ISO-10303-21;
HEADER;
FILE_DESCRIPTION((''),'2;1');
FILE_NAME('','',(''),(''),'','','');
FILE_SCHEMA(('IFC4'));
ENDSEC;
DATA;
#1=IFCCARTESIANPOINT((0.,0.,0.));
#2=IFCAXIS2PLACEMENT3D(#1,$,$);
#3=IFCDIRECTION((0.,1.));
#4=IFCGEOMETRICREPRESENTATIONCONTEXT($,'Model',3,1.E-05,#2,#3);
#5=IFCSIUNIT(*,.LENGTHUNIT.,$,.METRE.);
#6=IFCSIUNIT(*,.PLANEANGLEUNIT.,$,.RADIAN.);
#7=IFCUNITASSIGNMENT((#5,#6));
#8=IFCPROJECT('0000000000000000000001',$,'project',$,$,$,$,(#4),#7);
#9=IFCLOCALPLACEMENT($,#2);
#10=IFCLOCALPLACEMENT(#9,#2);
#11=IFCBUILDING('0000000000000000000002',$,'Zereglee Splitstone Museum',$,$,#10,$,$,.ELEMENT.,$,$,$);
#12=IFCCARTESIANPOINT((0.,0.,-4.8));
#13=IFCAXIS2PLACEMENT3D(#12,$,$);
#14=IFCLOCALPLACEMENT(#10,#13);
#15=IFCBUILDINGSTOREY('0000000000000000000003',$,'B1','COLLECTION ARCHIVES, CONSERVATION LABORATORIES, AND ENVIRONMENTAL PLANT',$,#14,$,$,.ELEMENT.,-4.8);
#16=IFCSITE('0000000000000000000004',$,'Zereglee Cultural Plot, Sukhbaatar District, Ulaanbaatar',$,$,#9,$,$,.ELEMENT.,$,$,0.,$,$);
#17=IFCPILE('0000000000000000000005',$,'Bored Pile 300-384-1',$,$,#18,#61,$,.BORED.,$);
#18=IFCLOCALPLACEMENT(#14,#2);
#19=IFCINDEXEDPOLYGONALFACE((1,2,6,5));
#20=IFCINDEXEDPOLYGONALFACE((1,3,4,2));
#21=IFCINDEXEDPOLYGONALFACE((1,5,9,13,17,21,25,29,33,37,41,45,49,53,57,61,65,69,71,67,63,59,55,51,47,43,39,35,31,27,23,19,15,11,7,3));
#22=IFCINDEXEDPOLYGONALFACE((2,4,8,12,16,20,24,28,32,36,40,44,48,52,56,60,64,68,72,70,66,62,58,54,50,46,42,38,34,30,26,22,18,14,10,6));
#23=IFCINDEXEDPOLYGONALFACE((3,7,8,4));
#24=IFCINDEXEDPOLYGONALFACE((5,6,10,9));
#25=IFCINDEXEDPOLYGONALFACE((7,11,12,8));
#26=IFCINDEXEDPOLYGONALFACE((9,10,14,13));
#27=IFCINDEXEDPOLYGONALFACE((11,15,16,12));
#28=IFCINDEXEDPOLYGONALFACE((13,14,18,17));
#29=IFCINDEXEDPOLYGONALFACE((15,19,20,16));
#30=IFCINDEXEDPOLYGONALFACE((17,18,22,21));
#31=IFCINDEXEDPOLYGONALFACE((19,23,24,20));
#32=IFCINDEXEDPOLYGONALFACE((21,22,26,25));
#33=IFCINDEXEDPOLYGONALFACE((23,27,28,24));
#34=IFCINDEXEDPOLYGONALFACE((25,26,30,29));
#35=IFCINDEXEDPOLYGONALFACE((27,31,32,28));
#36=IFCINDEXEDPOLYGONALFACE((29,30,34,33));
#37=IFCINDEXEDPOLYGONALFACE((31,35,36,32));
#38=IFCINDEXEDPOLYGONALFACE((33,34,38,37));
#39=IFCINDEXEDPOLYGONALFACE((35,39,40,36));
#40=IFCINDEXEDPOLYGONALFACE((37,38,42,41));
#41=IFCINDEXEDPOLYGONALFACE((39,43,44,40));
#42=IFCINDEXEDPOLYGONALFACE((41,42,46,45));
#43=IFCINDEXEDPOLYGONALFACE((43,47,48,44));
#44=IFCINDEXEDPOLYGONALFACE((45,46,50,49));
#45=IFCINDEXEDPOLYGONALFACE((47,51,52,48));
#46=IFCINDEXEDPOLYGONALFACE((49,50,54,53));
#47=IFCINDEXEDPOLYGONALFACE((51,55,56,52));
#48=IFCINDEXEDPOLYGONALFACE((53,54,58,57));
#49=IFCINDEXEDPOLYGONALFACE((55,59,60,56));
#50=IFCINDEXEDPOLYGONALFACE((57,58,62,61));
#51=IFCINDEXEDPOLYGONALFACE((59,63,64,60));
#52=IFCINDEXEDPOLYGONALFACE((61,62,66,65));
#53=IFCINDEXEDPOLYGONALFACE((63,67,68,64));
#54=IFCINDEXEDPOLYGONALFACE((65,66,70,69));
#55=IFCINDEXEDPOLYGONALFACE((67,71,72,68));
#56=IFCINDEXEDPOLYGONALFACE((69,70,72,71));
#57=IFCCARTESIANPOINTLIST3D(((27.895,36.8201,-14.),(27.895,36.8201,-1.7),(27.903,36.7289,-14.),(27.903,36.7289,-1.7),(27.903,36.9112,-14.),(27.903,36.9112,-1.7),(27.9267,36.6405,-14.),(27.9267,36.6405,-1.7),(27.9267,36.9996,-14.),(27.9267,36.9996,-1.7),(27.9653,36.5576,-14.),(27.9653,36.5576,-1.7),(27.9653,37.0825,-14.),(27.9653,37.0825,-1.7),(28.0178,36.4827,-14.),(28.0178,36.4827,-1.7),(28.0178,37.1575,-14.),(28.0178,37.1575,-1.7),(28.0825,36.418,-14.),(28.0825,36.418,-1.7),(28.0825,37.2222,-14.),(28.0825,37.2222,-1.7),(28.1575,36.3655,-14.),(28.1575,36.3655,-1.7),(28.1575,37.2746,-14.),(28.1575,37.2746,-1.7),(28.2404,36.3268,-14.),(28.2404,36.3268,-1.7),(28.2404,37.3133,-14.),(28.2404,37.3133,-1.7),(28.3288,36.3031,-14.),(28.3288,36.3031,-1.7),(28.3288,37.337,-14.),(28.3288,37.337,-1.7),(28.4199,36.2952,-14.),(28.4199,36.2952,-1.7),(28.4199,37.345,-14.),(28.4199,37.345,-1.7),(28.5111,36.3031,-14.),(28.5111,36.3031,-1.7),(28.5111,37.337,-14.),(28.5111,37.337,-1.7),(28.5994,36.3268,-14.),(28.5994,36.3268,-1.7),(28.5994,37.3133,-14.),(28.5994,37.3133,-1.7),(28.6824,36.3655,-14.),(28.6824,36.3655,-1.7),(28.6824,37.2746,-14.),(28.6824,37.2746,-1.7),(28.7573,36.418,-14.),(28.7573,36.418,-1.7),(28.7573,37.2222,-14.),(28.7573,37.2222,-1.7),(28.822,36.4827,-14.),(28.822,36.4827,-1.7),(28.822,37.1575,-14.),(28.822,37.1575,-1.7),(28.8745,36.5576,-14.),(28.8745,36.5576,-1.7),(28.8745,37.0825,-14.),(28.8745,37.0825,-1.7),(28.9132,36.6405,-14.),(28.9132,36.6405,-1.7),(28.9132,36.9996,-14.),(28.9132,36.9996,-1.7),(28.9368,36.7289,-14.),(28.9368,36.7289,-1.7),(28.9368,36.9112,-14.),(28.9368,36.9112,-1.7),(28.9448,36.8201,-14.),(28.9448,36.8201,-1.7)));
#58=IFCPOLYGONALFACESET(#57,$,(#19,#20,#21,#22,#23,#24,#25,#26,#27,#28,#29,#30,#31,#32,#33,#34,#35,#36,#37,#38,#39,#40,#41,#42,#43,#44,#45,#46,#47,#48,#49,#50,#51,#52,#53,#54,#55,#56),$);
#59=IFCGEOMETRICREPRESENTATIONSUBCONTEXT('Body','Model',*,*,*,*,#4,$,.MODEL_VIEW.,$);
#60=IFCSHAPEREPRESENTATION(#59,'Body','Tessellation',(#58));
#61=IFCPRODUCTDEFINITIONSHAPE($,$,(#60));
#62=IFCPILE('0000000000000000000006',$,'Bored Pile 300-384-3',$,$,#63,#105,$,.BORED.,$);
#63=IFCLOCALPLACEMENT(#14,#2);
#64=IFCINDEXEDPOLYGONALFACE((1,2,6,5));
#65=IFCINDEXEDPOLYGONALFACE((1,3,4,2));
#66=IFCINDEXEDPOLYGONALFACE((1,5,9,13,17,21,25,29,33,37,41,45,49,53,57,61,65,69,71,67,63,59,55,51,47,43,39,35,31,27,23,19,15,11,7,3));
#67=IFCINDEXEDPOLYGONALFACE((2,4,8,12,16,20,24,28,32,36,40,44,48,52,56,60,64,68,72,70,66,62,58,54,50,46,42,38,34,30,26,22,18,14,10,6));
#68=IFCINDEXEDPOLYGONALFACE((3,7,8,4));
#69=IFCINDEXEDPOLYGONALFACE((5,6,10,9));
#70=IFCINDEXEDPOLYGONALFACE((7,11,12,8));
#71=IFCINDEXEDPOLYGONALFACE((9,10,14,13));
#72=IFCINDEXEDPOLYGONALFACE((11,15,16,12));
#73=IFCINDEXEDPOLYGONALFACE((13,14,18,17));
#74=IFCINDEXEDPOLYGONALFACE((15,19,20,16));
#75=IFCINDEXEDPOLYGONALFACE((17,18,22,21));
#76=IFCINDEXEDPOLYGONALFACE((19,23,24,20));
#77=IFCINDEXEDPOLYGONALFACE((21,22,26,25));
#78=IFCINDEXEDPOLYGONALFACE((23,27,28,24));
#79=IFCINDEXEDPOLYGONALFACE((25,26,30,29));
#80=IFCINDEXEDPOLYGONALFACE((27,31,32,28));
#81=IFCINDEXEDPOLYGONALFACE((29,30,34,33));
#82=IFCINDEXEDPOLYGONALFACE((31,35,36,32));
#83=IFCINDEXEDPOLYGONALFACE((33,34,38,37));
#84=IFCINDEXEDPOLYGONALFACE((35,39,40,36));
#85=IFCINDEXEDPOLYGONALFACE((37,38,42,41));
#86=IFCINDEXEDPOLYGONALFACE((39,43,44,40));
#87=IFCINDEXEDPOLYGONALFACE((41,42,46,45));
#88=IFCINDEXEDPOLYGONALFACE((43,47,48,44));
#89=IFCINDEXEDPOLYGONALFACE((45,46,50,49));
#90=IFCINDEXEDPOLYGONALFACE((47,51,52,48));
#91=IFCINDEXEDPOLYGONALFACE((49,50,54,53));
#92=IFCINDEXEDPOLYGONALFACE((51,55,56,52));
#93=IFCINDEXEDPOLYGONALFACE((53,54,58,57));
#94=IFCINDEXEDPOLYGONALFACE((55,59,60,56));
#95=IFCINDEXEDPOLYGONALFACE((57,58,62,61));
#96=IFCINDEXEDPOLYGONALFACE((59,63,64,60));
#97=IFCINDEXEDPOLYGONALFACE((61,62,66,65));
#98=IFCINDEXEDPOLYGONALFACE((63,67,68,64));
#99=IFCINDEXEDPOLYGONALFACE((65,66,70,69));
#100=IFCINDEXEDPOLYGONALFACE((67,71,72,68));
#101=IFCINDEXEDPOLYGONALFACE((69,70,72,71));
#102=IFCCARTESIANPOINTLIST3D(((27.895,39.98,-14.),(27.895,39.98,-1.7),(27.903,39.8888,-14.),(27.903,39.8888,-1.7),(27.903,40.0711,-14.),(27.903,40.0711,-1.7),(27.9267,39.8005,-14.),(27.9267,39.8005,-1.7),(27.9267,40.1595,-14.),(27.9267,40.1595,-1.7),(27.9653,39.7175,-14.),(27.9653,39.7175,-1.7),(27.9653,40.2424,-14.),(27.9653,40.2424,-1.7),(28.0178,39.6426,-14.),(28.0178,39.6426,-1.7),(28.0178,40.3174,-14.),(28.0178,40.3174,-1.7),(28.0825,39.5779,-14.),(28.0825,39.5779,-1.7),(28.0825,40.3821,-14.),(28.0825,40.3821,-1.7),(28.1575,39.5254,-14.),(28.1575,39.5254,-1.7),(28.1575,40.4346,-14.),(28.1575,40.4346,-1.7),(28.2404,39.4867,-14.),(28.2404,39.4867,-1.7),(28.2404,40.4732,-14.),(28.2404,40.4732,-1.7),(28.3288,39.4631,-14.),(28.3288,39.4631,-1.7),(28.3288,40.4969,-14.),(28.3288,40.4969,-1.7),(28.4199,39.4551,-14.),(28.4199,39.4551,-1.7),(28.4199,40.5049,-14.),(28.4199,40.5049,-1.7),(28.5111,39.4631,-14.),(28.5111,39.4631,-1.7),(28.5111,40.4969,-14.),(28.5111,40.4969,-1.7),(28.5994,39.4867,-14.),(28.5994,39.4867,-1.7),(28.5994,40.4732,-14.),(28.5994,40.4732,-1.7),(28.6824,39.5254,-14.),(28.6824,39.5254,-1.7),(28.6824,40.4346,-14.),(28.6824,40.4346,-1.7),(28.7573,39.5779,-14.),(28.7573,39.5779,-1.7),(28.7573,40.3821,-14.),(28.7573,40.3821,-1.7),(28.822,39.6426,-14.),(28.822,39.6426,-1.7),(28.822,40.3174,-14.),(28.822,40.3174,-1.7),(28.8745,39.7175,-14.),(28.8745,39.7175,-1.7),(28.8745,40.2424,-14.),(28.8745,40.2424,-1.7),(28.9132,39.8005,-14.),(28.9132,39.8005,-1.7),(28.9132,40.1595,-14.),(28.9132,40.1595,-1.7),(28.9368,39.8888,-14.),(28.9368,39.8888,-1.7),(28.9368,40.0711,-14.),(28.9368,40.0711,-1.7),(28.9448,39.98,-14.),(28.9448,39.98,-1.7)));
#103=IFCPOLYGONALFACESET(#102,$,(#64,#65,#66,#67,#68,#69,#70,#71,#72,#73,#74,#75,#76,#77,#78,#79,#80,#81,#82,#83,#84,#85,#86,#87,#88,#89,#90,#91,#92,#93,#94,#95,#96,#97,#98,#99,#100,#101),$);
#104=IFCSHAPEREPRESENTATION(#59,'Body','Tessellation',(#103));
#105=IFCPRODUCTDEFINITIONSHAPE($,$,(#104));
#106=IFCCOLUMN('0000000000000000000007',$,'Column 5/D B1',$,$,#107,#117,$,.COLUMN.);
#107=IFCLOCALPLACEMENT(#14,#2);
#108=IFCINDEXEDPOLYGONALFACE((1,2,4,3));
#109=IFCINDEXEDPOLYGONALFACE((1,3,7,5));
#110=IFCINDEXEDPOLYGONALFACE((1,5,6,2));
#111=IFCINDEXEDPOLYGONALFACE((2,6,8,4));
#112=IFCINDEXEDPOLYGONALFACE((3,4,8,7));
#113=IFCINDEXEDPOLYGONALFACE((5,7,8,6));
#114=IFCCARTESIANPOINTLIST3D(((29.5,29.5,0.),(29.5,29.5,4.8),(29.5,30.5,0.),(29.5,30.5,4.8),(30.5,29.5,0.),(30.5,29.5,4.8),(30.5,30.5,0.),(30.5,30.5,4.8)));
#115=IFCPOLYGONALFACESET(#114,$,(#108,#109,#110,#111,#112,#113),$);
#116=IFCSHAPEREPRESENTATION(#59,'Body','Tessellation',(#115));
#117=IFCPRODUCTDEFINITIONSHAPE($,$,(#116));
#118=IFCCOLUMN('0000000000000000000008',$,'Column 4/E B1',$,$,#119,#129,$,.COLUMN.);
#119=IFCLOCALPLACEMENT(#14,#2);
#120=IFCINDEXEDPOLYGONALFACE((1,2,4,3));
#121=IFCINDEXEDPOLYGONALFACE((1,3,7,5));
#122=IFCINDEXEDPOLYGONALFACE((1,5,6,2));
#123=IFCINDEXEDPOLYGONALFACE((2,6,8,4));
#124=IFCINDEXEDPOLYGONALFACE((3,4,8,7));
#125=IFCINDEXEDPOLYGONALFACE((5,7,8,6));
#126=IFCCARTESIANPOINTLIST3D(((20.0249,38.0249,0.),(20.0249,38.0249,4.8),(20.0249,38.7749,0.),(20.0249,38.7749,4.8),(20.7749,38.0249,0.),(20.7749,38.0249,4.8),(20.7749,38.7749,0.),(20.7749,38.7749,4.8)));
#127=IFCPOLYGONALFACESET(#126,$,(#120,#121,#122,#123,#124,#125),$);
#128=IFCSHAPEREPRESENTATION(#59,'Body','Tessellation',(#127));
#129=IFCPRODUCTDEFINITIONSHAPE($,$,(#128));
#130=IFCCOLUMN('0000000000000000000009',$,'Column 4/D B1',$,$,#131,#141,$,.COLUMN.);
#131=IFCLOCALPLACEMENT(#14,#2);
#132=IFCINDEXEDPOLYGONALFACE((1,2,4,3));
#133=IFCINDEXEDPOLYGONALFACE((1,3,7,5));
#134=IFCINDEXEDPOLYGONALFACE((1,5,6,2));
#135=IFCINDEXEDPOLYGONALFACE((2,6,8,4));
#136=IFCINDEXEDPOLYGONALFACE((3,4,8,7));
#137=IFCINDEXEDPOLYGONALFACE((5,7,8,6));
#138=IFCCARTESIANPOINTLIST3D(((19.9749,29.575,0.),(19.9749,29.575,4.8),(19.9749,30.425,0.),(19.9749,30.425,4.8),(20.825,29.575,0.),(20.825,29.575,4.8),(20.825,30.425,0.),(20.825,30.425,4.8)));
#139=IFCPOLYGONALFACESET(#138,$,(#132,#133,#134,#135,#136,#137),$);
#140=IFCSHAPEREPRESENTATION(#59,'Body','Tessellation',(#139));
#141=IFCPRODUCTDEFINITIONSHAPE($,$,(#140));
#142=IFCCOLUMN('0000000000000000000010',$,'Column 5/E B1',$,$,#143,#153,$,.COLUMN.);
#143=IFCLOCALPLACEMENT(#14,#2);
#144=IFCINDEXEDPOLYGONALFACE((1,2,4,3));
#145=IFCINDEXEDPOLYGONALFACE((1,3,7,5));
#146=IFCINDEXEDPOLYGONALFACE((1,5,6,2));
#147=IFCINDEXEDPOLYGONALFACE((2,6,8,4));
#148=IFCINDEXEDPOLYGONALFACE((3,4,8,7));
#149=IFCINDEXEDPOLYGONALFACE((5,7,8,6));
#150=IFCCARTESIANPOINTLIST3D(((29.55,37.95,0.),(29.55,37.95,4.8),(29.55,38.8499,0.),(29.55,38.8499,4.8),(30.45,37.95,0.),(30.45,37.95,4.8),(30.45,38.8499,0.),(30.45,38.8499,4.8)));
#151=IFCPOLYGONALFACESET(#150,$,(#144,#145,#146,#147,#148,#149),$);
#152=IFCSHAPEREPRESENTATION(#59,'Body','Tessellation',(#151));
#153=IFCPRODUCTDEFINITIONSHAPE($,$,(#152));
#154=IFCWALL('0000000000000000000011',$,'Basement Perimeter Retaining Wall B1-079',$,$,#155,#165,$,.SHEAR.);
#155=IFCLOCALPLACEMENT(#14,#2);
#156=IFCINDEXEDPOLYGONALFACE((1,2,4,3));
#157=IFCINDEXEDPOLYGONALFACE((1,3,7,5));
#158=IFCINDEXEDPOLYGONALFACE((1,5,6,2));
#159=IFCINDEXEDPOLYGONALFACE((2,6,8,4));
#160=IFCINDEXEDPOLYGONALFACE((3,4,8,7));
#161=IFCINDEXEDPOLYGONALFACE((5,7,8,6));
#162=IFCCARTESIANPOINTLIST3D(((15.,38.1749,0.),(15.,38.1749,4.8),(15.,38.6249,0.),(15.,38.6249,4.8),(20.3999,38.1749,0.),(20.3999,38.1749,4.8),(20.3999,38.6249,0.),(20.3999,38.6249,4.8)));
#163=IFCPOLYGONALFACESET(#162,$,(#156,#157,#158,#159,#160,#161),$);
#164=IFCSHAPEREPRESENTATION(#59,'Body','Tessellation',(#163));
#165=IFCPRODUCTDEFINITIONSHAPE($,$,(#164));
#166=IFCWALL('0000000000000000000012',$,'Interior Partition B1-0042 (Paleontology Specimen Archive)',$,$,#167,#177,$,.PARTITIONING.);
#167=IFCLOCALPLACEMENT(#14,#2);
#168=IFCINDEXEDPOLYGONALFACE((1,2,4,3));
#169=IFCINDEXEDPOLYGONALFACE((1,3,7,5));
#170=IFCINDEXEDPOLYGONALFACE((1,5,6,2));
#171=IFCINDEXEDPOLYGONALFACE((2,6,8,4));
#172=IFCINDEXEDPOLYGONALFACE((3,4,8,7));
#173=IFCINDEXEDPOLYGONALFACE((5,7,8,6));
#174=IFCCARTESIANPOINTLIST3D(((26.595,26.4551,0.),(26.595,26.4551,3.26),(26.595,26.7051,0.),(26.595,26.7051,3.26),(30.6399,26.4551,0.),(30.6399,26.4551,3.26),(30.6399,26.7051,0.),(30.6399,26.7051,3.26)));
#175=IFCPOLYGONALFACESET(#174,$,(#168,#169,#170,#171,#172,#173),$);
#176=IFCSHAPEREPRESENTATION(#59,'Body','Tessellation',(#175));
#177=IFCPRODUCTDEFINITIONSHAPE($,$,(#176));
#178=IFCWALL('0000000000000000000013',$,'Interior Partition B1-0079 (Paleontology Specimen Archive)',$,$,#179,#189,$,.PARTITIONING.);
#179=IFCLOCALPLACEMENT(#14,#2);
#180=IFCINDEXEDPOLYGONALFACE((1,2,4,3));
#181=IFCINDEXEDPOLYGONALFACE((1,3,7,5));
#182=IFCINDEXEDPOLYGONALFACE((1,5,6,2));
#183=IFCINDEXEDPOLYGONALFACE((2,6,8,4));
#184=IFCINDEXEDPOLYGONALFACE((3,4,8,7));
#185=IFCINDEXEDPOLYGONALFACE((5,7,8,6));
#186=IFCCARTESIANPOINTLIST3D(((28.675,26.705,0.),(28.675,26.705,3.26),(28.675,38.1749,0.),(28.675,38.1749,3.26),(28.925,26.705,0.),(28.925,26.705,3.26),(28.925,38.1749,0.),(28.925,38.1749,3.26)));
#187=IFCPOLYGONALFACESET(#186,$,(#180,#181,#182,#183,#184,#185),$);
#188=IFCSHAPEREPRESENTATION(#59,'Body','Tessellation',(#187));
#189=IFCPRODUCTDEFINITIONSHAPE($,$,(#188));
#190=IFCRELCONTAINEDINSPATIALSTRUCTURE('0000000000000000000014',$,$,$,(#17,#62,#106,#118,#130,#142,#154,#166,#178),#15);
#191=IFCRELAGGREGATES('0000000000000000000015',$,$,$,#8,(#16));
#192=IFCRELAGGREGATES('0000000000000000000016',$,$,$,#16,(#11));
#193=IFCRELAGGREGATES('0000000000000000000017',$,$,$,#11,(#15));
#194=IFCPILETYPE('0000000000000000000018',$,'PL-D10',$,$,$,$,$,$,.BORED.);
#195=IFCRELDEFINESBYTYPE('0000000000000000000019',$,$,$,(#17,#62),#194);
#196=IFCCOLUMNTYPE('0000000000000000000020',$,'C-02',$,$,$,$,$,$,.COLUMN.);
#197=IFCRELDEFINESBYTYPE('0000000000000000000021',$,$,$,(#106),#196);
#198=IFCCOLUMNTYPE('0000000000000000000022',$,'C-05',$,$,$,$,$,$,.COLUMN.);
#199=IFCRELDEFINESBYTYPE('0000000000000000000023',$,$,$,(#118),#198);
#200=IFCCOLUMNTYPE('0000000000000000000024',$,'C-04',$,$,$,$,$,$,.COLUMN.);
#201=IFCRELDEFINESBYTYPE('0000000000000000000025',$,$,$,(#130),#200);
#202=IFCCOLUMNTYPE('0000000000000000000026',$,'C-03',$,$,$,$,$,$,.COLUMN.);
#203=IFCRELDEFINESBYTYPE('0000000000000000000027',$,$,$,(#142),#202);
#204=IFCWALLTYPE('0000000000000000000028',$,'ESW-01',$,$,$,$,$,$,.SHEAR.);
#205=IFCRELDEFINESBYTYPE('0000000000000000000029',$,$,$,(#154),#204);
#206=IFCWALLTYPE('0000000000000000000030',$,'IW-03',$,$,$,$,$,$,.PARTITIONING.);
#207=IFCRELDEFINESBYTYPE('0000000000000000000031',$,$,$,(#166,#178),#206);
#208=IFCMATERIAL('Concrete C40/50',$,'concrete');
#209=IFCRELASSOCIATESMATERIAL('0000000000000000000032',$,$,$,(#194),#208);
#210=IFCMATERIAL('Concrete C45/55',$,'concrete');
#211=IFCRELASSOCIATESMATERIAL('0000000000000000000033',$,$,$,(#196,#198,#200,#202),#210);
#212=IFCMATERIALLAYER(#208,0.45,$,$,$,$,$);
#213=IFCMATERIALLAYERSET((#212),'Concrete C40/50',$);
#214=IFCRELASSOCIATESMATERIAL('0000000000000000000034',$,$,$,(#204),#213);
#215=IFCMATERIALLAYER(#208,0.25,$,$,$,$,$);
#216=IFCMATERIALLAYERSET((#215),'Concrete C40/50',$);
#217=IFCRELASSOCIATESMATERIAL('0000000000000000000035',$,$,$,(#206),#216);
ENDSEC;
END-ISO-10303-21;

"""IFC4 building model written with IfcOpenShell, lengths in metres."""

from ifc_helpers import new_model, si_unit, direction, frame, frame_2d, origin, origin_2d, place, context, subcontext, project, spatial, rectangle, circle, extrude, material, layer, layer_set, material_profile, profile_set, type_object, element, save


model = new_model("IFC4")

# Units and contexts
model_context = context("Model", 3, precision=1e-05, world=origin(), true_north=direction((0.0, 1.0)))
body_context = subcontext(model_context, "Body", "Model", "MODEL_VIEW")
ifc_project = project(units=[si_unit("LENGTHUNIT", "METRE"), si_unit("PLANEANGLEUNIT", "RADIAN")], contexts=[model_context])

# Site, building, storey
site_placement = place(None, origin())
site = spatial("IfcSite", under=ifc_project, at=site_placement, Name="Zereglee Cultural Plot, Sukhbaatar District, Ulaanbaatar", CompositionType="ELEMENT", RefElevation=0.0)
building_placement = place(site_placement, origin())
building = spatial("IfcBuilding", under=site, at=building_placement, Name="Zereglee Splitstone Museum", CompositionType="ELEMENT")
storey_placement = place(building_placement, frame((0.0, 0.0, -4.8)))
storey = spatial("IfcBuildingStorey", under=building, at=storey_placement, Name="B1", Description="COLLECTION ARCHIVES, CONSERVATION LABORATORIES, AND ENVIRONMENTAL PLANT", CompositionType="ELEMENT", Elevation=-4.8)

# Shared definitions
ifc_material_1 = material(Name="Concrete C40/50", Category="concrete")

# Piles
ifc_material_profile_1 = material_profile(ifc_material_1, circle(Radius=0.5249, at=origin_2d()), Name="PILE D1050")
ifc_profile_set_1 = profile_set([ifc_material_profile_1], Name="Concrete C40/50")
pile_type = type_object("IfcPileType", Name="PL-D10", PredefinedType="BORED", material=ifc_profile_set_1)
for number, where, z_axis, x_axis, name in (
    (1, (28.4199, 36.8201, -1.7), (0.0, 0.0, -1.0), (1.0, 0.0, 0.0), "Bored Pile 300-384-1"),
    (2, (28.4199, 39.98, -1.7), (0.0, 0.0, -1.0), (1.0, 0.0, 0.0), "Bored Pile 300-384-3"),
):
    element("IfcPile", number, at=place(storey_placement, frame(where, z_axis=z_axis, x_axis=x_axis)), inside=storey, type_object=pile_type, Name=name, PredefinedType="BORED", context=body_context, shape_type="SweptSolid", body=[
        extrude(circle(Radius=0.5249, at=origin_2d()), origin(), (0.0, 0.0, 1.0), 12.3),
    ])

# Columns
ifc_material_2 = material(Name="Concrete C45/55", Category="concrete")
ifc_material_profile_2 = material_profile(ifc_material_2, rectangle(XDim=1.0, YDim=1.0, at=origin_2d()), Name="RC 1000x1000")
ifc_profile_set_2 = profile_set([ifc_material_profile_2], Name="Concrete C45/55")
column_type_1 = type_object("IfcColumnType", Name="C-02", PredefinedType="COLUMN", material=ifc_profile_set_2)
column_1_placement = place(storey_placement, frame((30.0, 30.0, 0.0), z_axis=(0.0, 0.0, 1.0), x_axis=(1.0, 0.0, 0.0)))
element("IfcColumn", 3, at=column_1_placement, inside=storey, type_object=column_type_1, Name="Column 5/D B1", PredefinedType="COLUMN", context=body_context, shape_type="SweptSolid", body=[
    extrude(rectangle(XDim=1.0, YDim=1.0, at=origin_2d()), origin(), (0.0, 0.0, 1.0), 4.8),
])
ifc_material_profile_3 = material_profile(ifc_material_2, rectangle(XDim=0.75, YDim=0.75, at=origin_2d()), Name="RC 750x750")
ifc_profile_set_3 = profile_set([ifc_material_profile_3], Name="Concrete C45/55")
column_type_2 = type_object("IfcColumnType", Name="C-05", PredefinedType="COLUMN", material=ifc_profile_set_3)
column_2_placement = place(storey_placement, frame((20.3999, 38.3999, 0.0), z_axis=(0.0, 0.0, 1.0), x_axis=(1.0, 0.0, 0.0)))
element("IfcColumn", 4, at=column_2_placement, inside=storey, type_object=column_type_2, Name="Column 4/E B1", PredefinedType="COLUMN", context=body_context, shape_type="SweptSolid", body=[
    extrude(rectangle(XDim=0.75, YDim=0.75, at=origin_2d()), origin(), (0.0, 0.0, 1.0), 4.8),
])
ifc_material_profile_4 = material_profile(ifc_material_2, rectangle(XDim=0.8501, YDim=0.8501, at=origin_2d()), Name="RC 850x850")
ifc_profile_set_4 = profile_set([ifc_material_profile_4], Name="Concrete C45/55")
column_type_3 = type_object("IfcColumnType", Name="C-04", PredefinedType="COLUMN", material=ifc_profile_set_4)
column_3_placement = place(storey_placement, frame((20.3999, 30.0, 0.0), z_axis=(0.0, 0.0, 1.0), x_axis=(1.0, 0.0, 0.0)))
element("IfcColumn", 5, at=column_3_placement, inside=storey, type_object=column_type_3, Name="Column 4/D B1", PredefinedType="COLUMN", context=body_context, shape_type="SweptSolid", body=[
    extrude(rectangle(XDim=0.8501, YDim=0.8501, at=origin_2d()), origin(), (0.0, 0.0, 1.0), 4.8),
])
ifc_material_profile_5 = material_profile(ifc_material_2, rectangle(XDim=0.8999, YDim=0.8999, at=origin_2d()), Name="RC 900x900")
ifc_profile_set_5 = profile_set([ifc_material_profile_5], Name="Concrete C45/55")
column_type_4 = type_object("IfcColumnType", Name="C-03", PredefinedType="COLUMN", material=ifc_profile_set_5)
column_4_placement = place(storey_placement, frame((30.0, 38.3999, 0.0), z_axis=(0.0, 0.0, 1.0), x_axis=(1.0, 0.0, 0.0)))
element("IfcColumn", 6, at=column_4_placement, inside=storey, type_object=column_type_4, Name="Column 5/E B1", PredefinedType="COLUMN", context=body_context, shape_type="SweptSolid", body=[
    extrude(rectangle(XDim=0.8999, YDim=0.8999, at=origin_2d()), origin(), (0.0, 0.0, 1.0), 4.8),
])

# Walls
ifc_layer_1 = layer(ifc_material_1, 0.45)
ifc_layer_set_1 = layer_set([ifc_layer_1], Name="Concrete C40/50")
wall_type_1 = type_object("IfcWallType", Name="ESW-01", PredefinedType="SHEAR", material=ifc_layer_set_1)
wall_1_placement = place(storey_placement, frame((20.3999, 38.3999, 0.0), z_axis=(0.0, 0.0, 1.0), x_axis=(-1.0, 0.0, 0.0)))
element("IfcWall", 7, at=wall_1_placement, inside=storey, type_object=wall_type_1, Name="Basement Perimeter Retaining Wall B1-079", PredefinedType="SHEAR", context=body_context, shape_type="SweptSolid", body=[
    extrude(rectangle(XDim=5.3999, YDim=0.45, at=frame_2d((2.7, 0.0))), origin(), (0.0, 0.0, 1.0), 4.8),
])
ifc_layer_2 = layer(ifc_material_1, 0.25)
ifc_layer_set_2 = layer_set([ifc_layer_2], Name="Concrete C40/50")
wall_type_2 = type_object("IfcWallType", Name="IW-03", PredefinedType="PARTITIONING", material=ifc_layer_set_2)
wall_2_placement = place(storey_placement, frame((26.595, 26.5801, 0.0), z_axis=(0.0, 0.0, 1.0), x_axis=(1.0, 0.0, 0.0)))
element("IfcWall", 8, at=wall_2_placement, inside=storey, type_object=wall_type_2, Name="Interior Partition B1-0042 (Paleontology Specimen Archive)", PredefinedType="PARTITIONING", context=body_context, shape_type="SweptSolid", body=[
    extrude(rectangle(XDim=4.0449, YDim=0.25, at=frame_2d((2.0225, 0.0))), origin(), (0.0, 0.0, 1.0), 3.26),
])
wall_3_placement = place(storey_placement, frame((28.8, 26.7051, 0.0), z_axis=(0.0, 0.0, 1.0), x_axis=(0.0, 1.0, 0.0)))
element("IfcWall", 9, at=wall_3_placement, inside=storey, type_object=wall_type_2, Name="Interior Partition B1-0079 (Paleontology Specimen Archive)", PredefinedType="PARTITIONING", context=body_context, shape_type="SweptSolid", body=[
    extrude(rectangle(XDim=11.47, YDim=0.25, at=frame_2d((5.7349, 0.0))), origin(), (0.0, 0.0, 1.0), 3.26),
])

save(model, "model.ifc")
